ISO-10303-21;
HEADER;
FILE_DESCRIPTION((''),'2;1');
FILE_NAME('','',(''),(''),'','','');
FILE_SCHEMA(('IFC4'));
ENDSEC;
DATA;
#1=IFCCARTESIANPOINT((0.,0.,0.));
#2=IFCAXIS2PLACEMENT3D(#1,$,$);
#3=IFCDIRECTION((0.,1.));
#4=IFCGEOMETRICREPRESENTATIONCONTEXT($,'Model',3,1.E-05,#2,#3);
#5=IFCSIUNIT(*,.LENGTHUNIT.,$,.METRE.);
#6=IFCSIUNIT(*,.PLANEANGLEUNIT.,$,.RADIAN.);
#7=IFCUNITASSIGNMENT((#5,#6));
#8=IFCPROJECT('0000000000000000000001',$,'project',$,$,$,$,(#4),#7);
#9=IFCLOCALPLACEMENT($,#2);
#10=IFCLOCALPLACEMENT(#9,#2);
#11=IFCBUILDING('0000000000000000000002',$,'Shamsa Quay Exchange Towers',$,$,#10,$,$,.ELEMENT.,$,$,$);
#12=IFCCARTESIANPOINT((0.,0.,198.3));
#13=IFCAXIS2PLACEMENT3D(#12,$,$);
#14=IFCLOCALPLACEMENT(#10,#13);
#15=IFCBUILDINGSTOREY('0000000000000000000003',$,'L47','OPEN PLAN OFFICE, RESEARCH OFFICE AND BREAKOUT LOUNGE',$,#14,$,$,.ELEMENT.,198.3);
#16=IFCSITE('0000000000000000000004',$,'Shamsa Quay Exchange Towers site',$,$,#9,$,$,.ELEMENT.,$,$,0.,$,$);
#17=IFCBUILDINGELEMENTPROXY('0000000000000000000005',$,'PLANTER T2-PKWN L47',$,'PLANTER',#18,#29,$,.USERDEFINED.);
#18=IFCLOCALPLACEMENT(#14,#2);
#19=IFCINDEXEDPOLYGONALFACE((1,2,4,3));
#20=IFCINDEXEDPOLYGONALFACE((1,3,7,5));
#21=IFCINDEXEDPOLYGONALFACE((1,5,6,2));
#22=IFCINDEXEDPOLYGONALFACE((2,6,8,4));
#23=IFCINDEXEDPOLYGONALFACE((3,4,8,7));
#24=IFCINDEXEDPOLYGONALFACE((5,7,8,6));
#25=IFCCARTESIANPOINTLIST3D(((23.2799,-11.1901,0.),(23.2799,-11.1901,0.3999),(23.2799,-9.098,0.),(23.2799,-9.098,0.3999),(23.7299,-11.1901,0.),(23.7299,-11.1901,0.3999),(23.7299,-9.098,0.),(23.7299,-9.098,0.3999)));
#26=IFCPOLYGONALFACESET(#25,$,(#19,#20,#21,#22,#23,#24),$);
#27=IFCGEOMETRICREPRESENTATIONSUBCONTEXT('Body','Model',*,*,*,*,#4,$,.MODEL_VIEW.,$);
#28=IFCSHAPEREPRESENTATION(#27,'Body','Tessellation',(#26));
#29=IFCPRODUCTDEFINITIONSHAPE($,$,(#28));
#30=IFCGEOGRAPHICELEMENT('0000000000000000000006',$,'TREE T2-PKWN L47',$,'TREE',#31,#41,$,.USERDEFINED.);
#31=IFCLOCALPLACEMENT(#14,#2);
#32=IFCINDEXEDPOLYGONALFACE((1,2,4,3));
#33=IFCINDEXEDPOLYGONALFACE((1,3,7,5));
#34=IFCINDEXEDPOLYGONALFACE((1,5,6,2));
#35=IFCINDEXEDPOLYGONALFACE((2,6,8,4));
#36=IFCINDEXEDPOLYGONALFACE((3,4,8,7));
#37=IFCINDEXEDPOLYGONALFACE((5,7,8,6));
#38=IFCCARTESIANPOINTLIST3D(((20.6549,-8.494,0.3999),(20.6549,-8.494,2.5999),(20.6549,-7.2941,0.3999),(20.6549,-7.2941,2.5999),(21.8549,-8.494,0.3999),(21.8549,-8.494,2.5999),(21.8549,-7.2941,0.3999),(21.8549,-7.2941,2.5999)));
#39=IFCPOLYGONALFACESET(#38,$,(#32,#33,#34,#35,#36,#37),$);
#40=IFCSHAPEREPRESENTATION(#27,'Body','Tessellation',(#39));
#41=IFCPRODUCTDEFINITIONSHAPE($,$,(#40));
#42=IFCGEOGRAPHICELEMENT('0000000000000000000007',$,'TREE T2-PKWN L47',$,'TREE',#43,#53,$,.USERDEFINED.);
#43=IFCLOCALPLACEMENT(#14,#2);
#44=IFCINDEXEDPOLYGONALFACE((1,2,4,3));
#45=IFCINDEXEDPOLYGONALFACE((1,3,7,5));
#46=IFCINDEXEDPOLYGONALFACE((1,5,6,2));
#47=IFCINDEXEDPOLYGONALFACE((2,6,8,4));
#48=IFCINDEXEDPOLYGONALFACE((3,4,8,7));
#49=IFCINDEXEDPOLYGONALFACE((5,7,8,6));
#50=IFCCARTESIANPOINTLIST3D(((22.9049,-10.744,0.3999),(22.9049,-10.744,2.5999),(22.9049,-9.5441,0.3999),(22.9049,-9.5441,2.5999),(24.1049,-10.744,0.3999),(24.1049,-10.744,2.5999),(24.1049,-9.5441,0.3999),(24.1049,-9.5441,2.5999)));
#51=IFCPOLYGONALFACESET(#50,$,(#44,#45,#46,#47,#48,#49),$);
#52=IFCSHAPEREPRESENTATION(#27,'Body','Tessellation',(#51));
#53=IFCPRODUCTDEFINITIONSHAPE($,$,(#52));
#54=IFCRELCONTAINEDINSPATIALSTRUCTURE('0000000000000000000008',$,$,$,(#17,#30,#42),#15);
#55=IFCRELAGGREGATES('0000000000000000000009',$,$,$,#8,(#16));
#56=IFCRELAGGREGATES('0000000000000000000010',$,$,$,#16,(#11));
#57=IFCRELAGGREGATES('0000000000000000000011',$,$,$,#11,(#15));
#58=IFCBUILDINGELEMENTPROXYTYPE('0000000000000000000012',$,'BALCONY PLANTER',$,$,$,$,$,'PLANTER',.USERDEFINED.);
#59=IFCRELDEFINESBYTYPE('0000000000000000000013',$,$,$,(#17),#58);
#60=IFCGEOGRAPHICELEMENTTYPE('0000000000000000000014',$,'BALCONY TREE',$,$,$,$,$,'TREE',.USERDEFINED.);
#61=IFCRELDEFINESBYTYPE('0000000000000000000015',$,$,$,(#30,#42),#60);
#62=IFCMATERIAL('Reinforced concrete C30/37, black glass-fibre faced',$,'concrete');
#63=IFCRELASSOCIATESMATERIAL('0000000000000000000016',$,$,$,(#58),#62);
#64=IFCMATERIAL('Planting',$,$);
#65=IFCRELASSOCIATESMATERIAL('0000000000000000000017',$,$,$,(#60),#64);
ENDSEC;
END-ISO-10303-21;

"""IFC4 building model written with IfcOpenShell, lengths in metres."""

from ifc_helpers import new_model, si_unit, direction, frame, origin, origin_2d, place, context, subcontext, project, spatial, rectangle, extrude, material, type_object, element, save


model = new_model("IFC4")

# Units and contexts
model_context = context("Model", 3, precision=1e-05, world=origin(), true_north=direction((0.0, 1.0)))
body_context = subcontext(model_context, "Body", "Model", "MODEL_VIEW")
ifc_project = project(units=[si_unit("LENGTHUNIT", "METRE"), si_unit("PLANEANGLEUNIT", "RADIAN")], contexts=[model_context])

# Site, building, storey
site_placement = place(None, origin())
site = spatial("IfcSite", under=ifc_project, at=site_placement, Name="Shamsa Quay Exchange Towers site", CompositionType="ELEMENT", RefElevation=0.0)
building_placement = place(site_placement, origin())
building = spatial("IfcBuilding", under=site, at=building_placement, Name="Shamsa Quay Exchange Towers", CompositionType="ELEMENT")
storey_placement = place(building_placement, frame((0.0, 0.0, 198.3)))
storey = spatial("IfcBuildingStorey", under=building, at=storey_placement, Name="L47", Description="OPEN PLAN OFFICE, RESEARCH OFFICE AND BREAKOUT LOUNGE", CompositionType="ELEMENT", Elevation=198.3)

# Building element proxy
ifc_material_1 = material(Name="Reinforced concrete C30/37, black glass-fibre faced", Category="concrete")
building_element_proxy_type = type_object("IfcBuildingElementProxyType", Name="BALCONY PLANTER", ElementType="PLANTER", PredefinedType="USERDEFINED", material=ifc_material_1)
for number, where, z_axis, x_axis, name in (
    (1, (23.5049, -10.144, 0.0), (0.0, 0.0, 1.0), (0.0, -1.0, 0.0), "PLANTER T2-PKWN L47"),
):
    element("IfcBuildingElementProxy", number, at=place(storey_placement, frame(where, z_axis=z_axis, x_axis=x_axis)), inside=storey, type_object=building_element_proxy_type, Name=name, ObjectType="PLANTER", PredefinedType="USERDEFINED", context=body_context, shape_type="SweptSolid", body=[
        extrude(rectangle(XDim=2.092, YDim=0.45, at=origin_2d()), origin(), (0.0, 0.0, 1.0), 0.3999),
    ])

# Geographic elements
ifc_material_2 = material(Name="Planting")
geographic_element_type = type_object("IfcGeographicElementType", Name="BALCONY TREE", ElementType="TREE", PredefinedType="USERDEFINED", material=ifc_material_2)
for number, where, z_axis, x_axis, name in (
    (2, (21.2549, -7.894, 0.3999), (0.0, 0.0, 1.0), (0.0, -1.0, 0.0), "TREE T2-PKWN L47"),
    (3, (23.5049, -10.144, 0.3999), (0.0, 0.0, 1.0), (0.0, -1.0, 0.0), "TREE T2-PKWN L47"),
):
    element("IfcGeographicElement", number, at=place(storey_placement, frame(where, z_axis=z_axis, x_axis=x_axis)), inside=storey, type_object=geographic_element_type, Name=name, ObjectType="TREE", PredefinedType="USERDEFINED", context=body_context, shape_type="SweptSolid", body=[
        extrude(rectangle(XDim=1.2, YDim=1.2, at=origin_2d()), origin(), (0.0, 0.0, 1.0), 2.2),
    ])

save(model, "model.ifc")
